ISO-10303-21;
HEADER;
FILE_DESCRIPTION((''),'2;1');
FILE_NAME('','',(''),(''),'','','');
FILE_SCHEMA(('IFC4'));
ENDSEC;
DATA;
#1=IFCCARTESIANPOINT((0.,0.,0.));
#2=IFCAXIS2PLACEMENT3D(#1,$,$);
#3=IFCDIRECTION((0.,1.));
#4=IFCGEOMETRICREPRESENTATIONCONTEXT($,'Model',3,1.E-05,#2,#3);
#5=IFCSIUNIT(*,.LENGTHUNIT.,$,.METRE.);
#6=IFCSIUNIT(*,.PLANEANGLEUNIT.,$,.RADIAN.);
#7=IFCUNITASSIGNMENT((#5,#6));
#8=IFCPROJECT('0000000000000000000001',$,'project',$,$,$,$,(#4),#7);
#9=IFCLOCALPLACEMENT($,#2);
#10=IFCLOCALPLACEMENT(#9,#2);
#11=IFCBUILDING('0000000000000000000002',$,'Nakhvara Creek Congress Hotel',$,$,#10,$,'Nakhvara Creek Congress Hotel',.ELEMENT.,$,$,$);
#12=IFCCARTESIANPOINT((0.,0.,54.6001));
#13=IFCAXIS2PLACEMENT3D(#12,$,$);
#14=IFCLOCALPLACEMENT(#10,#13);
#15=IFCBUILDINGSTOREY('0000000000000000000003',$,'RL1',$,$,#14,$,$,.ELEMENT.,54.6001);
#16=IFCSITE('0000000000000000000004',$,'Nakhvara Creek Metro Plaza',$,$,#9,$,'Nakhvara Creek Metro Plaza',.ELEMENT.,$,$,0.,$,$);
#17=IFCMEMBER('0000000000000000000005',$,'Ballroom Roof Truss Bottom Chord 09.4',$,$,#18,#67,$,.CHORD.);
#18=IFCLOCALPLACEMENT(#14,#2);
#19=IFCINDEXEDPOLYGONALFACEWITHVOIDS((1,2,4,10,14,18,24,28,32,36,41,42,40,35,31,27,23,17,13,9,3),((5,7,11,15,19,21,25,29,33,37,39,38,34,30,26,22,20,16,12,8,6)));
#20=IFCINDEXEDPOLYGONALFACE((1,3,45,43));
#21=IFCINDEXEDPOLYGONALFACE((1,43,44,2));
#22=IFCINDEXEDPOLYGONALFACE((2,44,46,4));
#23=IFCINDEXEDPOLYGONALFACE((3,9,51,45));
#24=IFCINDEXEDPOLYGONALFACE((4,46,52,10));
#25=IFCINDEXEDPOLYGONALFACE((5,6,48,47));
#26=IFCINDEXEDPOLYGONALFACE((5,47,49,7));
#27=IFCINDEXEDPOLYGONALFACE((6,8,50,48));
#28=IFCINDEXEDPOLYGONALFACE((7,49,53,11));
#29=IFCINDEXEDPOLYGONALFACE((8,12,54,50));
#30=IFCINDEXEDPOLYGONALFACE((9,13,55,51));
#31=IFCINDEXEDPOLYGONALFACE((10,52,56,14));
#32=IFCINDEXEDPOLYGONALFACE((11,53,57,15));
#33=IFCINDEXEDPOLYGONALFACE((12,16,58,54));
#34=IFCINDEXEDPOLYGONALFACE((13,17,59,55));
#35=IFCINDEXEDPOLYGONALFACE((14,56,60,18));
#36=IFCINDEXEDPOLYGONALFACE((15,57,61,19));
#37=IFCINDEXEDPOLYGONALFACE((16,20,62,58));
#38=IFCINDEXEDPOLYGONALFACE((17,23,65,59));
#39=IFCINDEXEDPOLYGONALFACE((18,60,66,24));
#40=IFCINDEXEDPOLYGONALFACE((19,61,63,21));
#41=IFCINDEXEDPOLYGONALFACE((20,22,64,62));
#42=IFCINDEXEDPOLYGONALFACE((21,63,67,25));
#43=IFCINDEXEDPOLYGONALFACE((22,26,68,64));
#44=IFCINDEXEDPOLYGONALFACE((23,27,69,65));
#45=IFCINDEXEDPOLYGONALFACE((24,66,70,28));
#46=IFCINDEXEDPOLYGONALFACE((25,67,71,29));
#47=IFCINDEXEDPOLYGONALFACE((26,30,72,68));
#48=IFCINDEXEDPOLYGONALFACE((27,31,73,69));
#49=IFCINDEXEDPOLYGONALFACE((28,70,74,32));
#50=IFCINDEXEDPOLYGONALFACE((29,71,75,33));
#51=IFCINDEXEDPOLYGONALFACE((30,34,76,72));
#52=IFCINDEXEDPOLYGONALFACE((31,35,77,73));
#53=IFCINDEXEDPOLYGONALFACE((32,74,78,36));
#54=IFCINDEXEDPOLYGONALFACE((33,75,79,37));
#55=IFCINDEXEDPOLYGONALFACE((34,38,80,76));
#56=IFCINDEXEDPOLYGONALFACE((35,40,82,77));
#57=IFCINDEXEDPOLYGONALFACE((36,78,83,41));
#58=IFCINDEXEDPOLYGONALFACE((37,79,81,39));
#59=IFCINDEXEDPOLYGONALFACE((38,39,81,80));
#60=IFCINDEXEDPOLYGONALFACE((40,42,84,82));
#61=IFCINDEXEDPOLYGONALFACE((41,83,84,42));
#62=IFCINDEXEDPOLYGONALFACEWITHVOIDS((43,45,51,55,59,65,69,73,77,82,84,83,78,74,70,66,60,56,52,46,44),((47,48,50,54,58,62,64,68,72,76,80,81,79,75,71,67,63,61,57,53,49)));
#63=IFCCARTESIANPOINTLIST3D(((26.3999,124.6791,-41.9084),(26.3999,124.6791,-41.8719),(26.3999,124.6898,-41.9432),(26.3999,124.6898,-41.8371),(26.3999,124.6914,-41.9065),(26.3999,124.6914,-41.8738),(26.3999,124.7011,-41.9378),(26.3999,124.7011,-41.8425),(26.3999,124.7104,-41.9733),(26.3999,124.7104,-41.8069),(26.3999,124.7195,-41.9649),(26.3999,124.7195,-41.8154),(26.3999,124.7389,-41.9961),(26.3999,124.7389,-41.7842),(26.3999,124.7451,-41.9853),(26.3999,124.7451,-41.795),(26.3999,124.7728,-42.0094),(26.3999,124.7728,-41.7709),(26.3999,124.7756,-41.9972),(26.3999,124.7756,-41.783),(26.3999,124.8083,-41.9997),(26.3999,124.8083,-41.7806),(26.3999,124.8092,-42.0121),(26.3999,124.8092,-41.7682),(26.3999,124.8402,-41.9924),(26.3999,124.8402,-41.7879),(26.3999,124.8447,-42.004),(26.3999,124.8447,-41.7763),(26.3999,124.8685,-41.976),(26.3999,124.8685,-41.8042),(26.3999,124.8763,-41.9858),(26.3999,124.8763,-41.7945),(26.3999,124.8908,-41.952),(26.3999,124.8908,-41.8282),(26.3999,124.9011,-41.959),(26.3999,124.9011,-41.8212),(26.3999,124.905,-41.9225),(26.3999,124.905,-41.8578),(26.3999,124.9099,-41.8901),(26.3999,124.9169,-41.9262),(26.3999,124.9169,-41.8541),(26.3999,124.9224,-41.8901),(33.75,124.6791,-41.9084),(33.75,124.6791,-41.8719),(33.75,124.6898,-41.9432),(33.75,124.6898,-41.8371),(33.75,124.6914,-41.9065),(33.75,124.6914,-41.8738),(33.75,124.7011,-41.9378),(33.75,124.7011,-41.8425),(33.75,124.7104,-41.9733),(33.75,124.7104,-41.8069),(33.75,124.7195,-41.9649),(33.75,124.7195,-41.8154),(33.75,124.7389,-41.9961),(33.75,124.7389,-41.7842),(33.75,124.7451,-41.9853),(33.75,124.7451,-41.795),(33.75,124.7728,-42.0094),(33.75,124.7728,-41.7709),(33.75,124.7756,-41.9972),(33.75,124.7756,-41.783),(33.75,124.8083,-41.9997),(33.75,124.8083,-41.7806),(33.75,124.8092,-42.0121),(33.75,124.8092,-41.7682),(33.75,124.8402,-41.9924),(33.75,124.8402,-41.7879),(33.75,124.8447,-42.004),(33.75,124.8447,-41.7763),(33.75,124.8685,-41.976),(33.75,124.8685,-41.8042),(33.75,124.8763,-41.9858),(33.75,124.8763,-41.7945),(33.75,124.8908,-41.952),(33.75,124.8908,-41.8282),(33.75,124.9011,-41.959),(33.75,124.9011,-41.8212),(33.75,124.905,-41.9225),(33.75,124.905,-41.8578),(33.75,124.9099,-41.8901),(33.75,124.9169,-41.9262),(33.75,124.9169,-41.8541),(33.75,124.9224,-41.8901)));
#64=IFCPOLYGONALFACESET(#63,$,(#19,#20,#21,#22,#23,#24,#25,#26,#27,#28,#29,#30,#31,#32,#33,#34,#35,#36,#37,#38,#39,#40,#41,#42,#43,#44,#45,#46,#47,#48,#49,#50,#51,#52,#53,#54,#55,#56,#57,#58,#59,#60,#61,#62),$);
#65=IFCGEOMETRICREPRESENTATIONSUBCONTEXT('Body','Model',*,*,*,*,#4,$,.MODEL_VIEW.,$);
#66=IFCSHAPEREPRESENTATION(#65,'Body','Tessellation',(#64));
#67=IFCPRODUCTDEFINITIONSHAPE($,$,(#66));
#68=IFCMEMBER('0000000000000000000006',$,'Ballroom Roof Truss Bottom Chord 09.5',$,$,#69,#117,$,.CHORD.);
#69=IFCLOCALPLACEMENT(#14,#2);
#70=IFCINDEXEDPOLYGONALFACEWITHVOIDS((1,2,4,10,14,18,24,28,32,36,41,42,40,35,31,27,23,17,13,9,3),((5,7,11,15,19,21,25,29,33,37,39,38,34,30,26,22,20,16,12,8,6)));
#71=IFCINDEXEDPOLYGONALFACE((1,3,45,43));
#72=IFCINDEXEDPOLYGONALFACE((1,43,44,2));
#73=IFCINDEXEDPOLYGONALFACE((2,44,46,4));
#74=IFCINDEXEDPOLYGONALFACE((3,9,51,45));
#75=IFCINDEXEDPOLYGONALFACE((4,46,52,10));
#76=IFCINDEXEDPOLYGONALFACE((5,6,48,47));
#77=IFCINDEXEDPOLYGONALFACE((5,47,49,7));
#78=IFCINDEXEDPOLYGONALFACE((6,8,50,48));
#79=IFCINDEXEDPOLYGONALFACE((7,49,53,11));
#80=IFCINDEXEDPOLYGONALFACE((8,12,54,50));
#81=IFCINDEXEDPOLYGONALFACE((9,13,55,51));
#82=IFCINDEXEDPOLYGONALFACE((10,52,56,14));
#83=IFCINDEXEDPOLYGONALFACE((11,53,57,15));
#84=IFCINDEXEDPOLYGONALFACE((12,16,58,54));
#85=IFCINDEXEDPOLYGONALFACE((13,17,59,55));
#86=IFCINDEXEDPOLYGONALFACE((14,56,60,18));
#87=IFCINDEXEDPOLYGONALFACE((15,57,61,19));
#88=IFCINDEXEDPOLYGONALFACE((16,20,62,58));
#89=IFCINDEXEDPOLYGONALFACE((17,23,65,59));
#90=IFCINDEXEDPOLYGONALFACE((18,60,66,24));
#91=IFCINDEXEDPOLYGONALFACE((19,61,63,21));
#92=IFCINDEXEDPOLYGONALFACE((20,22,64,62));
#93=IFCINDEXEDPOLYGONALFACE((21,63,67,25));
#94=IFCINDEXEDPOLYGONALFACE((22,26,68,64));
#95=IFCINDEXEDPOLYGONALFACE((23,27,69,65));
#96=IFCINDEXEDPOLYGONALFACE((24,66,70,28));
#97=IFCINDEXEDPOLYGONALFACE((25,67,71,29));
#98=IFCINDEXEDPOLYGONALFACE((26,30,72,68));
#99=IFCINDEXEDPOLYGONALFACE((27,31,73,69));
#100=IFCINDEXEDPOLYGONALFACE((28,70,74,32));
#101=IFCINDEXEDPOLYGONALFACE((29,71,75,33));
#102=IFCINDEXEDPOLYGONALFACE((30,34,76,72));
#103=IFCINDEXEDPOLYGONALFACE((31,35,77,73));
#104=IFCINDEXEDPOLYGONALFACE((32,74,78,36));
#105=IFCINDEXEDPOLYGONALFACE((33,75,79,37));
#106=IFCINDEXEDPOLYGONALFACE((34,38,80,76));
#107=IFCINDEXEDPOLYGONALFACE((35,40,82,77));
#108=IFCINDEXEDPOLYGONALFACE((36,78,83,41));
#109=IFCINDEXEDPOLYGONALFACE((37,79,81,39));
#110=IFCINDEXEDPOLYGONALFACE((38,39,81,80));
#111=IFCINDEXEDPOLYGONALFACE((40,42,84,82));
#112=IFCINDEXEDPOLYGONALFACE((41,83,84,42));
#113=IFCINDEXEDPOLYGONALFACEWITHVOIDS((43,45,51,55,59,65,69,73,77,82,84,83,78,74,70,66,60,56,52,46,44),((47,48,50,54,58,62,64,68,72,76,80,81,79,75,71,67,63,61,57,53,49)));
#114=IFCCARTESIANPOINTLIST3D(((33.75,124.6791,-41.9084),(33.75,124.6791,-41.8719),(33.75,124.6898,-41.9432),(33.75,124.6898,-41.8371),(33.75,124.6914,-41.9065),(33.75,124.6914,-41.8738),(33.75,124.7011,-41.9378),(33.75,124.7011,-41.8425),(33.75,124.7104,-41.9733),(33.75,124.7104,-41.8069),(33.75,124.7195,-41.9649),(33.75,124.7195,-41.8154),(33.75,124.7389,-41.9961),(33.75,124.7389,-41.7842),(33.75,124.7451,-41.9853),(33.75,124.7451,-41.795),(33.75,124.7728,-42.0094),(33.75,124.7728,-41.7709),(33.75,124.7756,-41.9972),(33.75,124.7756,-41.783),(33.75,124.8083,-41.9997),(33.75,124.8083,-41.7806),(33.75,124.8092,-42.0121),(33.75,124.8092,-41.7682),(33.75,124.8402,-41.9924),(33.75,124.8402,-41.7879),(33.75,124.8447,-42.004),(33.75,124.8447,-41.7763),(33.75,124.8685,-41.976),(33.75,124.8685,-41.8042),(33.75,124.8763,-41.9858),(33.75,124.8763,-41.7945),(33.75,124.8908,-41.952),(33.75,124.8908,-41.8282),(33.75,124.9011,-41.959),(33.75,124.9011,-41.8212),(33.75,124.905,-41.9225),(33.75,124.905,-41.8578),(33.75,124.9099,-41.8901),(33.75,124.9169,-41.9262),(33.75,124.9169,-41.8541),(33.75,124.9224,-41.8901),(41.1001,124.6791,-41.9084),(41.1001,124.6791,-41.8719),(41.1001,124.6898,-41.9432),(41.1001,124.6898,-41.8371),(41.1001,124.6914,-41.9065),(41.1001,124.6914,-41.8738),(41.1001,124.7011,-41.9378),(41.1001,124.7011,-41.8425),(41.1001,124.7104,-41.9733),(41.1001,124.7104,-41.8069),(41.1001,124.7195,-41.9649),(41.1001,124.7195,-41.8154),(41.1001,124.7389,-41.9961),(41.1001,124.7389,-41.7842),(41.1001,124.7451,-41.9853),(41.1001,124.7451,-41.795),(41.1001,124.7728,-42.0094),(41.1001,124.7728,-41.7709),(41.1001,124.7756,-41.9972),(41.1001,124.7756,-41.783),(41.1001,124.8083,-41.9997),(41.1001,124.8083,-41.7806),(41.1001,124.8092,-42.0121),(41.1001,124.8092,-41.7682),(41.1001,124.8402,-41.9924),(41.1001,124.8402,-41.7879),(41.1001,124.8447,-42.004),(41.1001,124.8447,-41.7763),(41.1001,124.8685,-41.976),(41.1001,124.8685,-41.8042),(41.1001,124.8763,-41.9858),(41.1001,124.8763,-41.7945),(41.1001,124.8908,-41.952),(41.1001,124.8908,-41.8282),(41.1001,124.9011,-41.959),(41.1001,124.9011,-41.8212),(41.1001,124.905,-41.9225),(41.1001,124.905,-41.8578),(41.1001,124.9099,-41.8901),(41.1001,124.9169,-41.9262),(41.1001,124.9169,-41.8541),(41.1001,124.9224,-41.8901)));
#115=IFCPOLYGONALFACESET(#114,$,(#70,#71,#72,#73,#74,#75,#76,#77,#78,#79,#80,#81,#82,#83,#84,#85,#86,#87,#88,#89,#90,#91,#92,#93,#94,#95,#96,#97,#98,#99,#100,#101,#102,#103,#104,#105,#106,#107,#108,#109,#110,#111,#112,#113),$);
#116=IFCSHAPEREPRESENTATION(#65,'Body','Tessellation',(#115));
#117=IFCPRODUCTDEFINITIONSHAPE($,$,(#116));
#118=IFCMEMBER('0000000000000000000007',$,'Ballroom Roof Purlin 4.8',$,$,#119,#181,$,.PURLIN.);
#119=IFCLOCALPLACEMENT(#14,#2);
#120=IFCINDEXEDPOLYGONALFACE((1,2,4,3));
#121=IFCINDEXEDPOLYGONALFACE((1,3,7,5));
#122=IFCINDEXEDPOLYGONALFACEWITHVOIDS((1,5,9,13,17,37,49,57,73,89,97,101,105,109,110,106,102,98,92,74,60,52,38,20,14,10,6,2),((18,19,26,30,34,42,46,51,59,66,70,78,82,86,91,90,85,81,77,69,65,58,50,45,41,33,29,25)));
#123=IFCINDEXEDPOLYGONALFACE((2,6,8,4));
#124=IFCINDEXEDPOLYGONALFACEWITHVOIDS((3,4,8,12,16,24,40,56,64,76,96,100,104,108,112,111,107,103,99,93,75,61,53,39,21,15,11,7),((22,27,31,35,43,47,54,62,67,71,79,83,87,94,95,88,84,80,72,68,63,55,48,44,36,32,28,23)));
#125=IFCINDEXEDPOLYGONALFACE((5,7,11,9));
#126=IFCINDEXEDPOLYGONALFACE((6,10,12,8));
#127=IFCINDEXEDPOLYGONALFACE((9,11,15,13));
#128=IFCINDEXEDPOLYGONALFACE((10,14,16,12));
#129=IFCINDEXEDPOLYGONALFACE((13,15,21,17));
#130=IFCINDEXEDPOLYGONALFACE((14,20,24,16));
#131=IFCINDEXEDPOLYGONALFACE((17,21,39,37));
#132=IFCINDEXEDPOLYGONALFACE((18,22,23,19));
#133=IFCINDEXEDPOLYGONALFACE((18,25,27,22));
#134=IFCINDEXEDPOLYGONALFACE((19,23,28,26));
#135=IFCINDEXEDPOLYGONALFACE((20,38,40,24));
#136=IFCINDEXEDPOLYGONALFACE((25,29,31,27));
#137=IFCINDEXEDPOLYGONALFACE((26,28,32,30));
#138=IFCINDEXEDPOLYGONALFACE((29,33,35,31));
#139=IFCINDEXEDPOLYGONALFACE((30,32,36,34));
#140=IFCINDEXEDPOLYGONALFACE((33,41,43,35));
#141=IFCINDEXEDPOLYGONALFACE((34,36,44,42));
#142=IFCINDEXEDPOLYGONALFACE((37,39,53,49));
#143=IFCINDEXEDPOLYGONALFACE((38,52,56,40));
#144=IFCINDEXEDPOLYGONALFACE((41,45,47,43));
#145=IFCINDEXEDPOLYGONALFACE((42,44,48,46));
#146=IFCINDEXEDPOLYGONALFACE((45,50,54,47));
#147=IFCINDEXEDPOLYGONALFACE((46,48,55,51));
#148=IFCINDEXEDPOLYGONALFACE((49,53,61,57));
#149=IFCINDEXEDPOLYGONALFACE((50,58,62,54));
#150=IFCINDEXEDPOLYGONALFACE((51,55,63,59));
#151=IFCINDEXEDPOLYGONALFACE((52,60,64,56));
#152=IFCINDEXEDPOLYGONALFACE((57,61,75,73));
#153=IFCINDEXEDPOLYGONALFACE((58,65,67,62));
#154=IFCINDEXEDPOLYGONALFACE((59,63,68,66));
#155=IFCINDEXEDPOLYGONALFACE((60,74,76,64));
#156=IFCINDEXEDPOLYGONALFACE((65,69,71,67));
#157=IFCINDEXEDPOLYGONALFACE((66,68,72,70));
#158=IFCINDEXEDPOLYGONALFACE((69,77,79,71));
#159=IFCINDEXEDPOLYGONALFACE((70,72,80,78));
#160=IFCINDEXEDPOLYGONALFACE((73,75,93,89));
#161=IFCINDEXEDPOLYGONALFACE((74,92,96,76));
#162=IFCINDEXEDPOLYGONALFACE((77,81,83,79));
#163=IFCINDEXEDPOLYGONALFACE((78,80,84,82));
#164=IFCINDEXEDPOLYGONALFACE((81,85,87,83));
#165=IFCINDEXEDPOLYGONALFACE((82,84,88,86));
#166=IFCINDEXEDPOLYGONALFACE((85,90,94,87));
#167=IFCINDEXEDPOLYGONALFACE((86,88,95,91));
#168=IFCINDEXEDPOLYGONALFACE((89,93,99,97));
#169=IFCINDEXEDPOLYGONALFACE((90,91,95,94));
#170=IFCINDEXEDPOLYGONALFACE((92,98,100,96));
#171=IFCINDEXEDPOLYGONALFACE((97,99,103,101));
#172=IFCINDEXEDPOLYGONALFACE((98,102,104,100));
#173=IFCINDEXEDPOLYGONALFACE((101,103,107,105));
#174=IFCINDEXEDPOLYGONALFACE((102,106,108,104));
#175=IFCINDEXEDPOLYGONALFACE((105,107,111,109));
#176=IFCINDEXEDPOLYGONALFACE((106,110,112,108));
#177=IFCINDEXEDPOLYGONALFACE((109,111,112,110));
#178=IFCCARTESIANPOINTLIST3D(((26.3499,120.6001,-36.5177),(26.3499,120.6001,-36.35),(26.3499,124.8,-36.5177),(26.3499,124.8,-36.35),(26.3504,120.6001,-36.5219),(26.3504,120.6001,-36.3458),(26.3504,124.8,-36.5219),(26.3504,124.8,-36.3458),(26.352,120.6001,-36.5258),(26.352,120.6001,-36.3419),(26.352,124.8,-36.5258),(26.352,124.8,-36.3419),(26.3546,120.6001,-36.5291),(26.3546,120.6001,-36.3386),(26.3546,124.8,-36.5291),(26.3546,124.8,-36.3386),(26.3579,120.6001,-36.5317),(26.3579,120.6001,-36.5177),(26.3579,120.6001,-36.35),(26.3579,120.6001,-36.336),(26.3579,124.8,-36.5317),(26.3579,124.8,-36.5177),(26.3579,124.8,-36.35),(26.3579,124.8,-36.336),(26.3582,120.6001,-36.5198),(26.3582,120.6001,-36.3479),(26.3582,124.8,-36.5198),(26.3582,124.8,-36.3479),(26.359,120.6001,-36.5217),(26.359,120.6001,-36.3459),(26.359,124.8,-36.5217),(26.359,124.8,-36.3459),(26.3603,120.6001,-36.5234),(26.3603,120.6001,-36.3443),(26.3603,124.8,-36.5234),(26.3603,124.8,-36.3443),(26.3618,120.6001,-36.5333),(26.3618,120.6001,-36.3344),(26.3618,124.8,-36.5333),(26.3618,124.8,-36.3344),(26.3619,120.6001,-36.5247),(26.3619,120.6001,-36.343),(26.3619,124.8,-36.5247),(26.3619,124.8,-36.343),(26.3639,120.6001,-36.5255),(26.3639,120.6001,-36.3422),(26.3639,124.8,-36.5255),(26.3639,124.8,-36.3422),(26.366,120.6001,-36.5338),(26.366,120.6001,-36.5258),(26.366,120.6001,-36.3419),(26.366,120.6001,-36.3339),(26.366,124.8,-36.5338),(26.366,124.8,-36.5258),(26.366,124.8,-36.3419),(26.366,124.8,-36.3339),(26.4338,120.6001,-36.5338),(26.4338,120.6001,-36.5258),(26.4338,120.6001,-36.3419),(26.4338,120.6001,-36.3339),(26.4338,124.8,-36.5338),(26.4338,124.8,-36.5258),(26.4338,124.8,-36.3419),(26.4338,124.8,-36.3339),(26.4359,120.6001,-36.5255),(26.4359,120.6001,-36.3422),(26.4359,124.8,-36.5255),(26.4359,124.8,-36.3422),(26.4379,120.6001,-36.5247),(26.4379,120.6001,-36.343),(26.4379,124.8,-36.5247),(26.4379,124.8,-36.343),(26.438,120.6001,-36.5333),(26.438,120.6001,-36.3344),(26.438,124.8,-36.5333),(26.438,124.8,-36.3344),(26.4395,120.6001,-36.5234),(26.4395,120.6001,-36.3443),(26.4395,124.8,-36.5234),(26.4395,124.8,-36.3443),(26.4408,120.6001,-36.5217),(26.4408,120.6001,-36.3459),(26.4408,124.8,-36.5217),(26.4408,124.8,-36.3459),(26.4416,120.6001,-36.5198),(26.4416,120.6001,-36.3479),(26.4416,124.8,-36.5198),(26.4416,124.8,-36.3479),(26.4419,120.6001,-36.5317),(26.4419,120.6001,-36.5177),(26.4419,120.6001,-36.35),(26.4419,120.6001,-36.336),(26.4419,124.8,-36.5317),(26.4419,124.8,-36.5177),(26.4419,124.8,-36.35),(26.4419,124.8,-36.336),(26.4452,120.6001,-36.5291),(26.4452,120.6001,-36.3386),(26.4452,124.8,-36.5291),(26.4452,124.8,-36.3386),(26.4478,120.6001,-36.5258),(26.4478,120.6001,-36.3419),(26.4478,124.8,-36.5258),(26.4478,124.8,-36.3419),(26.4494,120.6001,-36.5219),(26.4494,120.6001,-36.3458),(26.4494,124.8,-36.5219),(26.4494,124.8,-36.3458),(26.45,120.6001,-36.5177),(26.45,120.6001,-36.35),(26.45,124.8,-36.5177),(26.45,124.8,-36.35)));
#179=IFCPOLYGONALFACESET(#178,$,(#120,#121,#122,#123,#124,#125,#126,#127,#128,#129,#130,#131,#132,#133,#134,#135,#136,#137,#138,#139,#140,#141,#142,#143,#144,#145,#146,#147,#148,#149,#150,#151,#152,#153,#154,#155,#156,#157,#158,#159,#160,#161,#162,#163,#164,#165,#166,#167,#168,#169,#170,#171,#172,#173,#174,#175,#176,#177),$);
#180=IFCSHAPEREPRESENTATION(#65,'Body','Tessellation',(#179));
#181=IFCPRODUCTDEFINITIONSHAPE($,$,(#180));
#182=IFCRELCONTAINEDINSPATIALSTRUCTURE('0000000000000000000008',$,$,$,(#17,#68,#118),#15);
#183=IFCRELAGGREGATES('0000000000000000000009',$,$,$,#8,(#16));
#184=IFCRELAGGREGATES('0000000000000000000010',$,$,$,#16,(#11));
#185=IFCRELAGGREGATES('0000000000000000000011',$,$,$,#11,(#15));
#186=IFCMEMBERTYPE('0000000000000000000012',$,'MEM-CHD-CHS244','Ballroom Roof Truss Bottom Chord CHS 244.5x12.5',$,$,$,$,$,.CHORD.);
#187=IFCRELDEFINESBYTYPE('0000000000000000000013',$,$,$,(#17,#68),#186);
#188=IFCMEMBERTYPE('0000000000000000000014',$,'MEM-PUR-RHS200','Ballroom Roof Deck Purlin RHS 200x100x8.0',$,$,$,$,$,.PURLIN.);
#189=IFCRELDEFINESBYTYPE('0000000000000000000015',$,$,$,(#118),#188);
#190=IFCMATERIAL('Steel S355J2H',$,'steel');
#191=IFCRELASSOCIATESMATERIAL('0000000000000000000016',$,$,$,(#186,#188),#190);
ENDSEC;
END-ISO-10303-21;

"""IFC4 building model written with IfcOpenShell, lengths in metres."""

from ifc_helpers import new_model, si_unit, direction, frame, origin, origin_2d, place, context, subcontext, project, spatial, hollow_rectangle, hollow_circle, extrude, material, material_profile, profile_set, type_object, element, save


model = new_model("IFC4")

# Units and contexts
model_context = context("Model", 3, precision=1e-05, world=origin(), true_north=direction((0.0, 1.0)))
body_context = subcontext(model_context, "Body", "Model", "MODEL_VIEW")
ifc_project = project(units=[si_unit("LENGTHUNIT", "METRE"), si_unit("PLANEANGLEUNIT", "RADIAN")], contexts=[model_context])

# Site, building, storey
site_placement = place(None, origin())
site = spatial("IfcSite", under=ifc_project, at=site_placement, Name="Nakhvara Creek Metro Plaza", LongName="Nakhvara Creek Metro Plaza", CompositionType="ELEMENT", RefElevation=0.0)
building_placement = place(site_placement, origin())
building = spatial("IfcBuilding", under=site, at=building_placement, Name="Nakhvara Creek Congress Hotel", LongName="Nakhvara Creek Congress Hotel", CompositionType="ELEMENT")
storey_placement = place(building_placement, frame((0.0, 0.0, 54.6001)))
storey = spatial("IfcBuildingStorey", under=building, at=storey_placement, Name="RL1", CompositionType="ELEMENT", Elevation=54.6001)

# Members
ifc_material_1 = material(Name="Steel S355J2H", Category="steel")
ifc_material_profile_1 = material_profile(ifc_material_1, hollow_circle(Radius=0.1223, WallThickness=0.0125, at=origin_2d()), Name="CHS 244.5x12.5", Category="LoadBearing")
ifc_profile_set_1 = profile_set([ifc_material_profile_1], Name="Steel S355J2H")
member_type_1 = type_object("IfcMemberType", Name="MEM-CHD-CHS244", Description="Ballroom Roof Truss Bottom Chord CHS 244.5x12.5", PredefinedType="CHORD", material=ifc_profile_set_1)
for number, where, z_axis, x_axis, name in (
    (1, (26.3999, 124.8, -41.8901), (1.0, 0.0, 0.0), (0.0, 1.0, 0.0), "Ballroom Roof Truss Bottom Chord 09.4"),
    (2, (33.75, 124.8, -41.8901), (1.0, 0.0, 0.0), (0.0, 1.0, 0.0), "Ballroom Roof Truss Bottom Chord 09.5"),
):
    element("IfcMember", number, at=place(storey_placement, frame(where, z_axis=z_axis, x_axis=x_axis)), inside=storey, type_object=member_type_1, Name=name, PredefinedType="CHORD", context=body_context, shape_type="SweptSolid", body=[
        extrude(hollow_circle(Radius=0.1223, WallThickness=0.0125, at=origin_2d()), origin(), (0.0, 0.0, 1.0), 7.3501),
    ])
ifc_material_profile_2 = material_profile(ifc_material_1, hollow_rectangle(XDim=0.1001, YDim=0.2, WallThickness=0.0081, InnerFilletRadius=0.0081, OuterFilletRadius=0.0161, at=origin_2d()), Name="RHS 200x100x8.0", Category="LoadBearing")
ifc_profile_set_2 = profile_set([ifc_material_profile_2], Name="Steel S355J2H")
member_type_2 = type_object("IfcMemberType", Name="MEM-PUR-RHS200", Description="Ballroom Roof Deck Purlin RHS 200x100x8.0", PredefinedType="PURLIN", material=ifc_profile_set_2)
for number, where, z_axis, x_axis, name in (
    (3, (26.3999, 120.6001, -36.4338), (0.0, 1.0, 0.0), (-1.0, 0.0, 0.0), "Ballroom Roof Purlin 4.8"),
):
    element("IfcMember", number, at=place(storey_placement, frame(where, z_axis=z_axis, x_axis=x_axis)), inside=storey, type_object=member_type_2, Name=name, PredefinedType="PURLIN", context=body_context, shape_type="SweptSolid", body=[
        extrude(hollow_rectangle(XDim=0.1001, YDim=0.2, WallThickness=0.0081, InnerFilletRadius=0.0081, OuterFilletRadius=0.0161, at=origin_2d()), origin(), (0.0, 0.0, 1.0), 4.2),
    ])

save(model, "model.ifc")
